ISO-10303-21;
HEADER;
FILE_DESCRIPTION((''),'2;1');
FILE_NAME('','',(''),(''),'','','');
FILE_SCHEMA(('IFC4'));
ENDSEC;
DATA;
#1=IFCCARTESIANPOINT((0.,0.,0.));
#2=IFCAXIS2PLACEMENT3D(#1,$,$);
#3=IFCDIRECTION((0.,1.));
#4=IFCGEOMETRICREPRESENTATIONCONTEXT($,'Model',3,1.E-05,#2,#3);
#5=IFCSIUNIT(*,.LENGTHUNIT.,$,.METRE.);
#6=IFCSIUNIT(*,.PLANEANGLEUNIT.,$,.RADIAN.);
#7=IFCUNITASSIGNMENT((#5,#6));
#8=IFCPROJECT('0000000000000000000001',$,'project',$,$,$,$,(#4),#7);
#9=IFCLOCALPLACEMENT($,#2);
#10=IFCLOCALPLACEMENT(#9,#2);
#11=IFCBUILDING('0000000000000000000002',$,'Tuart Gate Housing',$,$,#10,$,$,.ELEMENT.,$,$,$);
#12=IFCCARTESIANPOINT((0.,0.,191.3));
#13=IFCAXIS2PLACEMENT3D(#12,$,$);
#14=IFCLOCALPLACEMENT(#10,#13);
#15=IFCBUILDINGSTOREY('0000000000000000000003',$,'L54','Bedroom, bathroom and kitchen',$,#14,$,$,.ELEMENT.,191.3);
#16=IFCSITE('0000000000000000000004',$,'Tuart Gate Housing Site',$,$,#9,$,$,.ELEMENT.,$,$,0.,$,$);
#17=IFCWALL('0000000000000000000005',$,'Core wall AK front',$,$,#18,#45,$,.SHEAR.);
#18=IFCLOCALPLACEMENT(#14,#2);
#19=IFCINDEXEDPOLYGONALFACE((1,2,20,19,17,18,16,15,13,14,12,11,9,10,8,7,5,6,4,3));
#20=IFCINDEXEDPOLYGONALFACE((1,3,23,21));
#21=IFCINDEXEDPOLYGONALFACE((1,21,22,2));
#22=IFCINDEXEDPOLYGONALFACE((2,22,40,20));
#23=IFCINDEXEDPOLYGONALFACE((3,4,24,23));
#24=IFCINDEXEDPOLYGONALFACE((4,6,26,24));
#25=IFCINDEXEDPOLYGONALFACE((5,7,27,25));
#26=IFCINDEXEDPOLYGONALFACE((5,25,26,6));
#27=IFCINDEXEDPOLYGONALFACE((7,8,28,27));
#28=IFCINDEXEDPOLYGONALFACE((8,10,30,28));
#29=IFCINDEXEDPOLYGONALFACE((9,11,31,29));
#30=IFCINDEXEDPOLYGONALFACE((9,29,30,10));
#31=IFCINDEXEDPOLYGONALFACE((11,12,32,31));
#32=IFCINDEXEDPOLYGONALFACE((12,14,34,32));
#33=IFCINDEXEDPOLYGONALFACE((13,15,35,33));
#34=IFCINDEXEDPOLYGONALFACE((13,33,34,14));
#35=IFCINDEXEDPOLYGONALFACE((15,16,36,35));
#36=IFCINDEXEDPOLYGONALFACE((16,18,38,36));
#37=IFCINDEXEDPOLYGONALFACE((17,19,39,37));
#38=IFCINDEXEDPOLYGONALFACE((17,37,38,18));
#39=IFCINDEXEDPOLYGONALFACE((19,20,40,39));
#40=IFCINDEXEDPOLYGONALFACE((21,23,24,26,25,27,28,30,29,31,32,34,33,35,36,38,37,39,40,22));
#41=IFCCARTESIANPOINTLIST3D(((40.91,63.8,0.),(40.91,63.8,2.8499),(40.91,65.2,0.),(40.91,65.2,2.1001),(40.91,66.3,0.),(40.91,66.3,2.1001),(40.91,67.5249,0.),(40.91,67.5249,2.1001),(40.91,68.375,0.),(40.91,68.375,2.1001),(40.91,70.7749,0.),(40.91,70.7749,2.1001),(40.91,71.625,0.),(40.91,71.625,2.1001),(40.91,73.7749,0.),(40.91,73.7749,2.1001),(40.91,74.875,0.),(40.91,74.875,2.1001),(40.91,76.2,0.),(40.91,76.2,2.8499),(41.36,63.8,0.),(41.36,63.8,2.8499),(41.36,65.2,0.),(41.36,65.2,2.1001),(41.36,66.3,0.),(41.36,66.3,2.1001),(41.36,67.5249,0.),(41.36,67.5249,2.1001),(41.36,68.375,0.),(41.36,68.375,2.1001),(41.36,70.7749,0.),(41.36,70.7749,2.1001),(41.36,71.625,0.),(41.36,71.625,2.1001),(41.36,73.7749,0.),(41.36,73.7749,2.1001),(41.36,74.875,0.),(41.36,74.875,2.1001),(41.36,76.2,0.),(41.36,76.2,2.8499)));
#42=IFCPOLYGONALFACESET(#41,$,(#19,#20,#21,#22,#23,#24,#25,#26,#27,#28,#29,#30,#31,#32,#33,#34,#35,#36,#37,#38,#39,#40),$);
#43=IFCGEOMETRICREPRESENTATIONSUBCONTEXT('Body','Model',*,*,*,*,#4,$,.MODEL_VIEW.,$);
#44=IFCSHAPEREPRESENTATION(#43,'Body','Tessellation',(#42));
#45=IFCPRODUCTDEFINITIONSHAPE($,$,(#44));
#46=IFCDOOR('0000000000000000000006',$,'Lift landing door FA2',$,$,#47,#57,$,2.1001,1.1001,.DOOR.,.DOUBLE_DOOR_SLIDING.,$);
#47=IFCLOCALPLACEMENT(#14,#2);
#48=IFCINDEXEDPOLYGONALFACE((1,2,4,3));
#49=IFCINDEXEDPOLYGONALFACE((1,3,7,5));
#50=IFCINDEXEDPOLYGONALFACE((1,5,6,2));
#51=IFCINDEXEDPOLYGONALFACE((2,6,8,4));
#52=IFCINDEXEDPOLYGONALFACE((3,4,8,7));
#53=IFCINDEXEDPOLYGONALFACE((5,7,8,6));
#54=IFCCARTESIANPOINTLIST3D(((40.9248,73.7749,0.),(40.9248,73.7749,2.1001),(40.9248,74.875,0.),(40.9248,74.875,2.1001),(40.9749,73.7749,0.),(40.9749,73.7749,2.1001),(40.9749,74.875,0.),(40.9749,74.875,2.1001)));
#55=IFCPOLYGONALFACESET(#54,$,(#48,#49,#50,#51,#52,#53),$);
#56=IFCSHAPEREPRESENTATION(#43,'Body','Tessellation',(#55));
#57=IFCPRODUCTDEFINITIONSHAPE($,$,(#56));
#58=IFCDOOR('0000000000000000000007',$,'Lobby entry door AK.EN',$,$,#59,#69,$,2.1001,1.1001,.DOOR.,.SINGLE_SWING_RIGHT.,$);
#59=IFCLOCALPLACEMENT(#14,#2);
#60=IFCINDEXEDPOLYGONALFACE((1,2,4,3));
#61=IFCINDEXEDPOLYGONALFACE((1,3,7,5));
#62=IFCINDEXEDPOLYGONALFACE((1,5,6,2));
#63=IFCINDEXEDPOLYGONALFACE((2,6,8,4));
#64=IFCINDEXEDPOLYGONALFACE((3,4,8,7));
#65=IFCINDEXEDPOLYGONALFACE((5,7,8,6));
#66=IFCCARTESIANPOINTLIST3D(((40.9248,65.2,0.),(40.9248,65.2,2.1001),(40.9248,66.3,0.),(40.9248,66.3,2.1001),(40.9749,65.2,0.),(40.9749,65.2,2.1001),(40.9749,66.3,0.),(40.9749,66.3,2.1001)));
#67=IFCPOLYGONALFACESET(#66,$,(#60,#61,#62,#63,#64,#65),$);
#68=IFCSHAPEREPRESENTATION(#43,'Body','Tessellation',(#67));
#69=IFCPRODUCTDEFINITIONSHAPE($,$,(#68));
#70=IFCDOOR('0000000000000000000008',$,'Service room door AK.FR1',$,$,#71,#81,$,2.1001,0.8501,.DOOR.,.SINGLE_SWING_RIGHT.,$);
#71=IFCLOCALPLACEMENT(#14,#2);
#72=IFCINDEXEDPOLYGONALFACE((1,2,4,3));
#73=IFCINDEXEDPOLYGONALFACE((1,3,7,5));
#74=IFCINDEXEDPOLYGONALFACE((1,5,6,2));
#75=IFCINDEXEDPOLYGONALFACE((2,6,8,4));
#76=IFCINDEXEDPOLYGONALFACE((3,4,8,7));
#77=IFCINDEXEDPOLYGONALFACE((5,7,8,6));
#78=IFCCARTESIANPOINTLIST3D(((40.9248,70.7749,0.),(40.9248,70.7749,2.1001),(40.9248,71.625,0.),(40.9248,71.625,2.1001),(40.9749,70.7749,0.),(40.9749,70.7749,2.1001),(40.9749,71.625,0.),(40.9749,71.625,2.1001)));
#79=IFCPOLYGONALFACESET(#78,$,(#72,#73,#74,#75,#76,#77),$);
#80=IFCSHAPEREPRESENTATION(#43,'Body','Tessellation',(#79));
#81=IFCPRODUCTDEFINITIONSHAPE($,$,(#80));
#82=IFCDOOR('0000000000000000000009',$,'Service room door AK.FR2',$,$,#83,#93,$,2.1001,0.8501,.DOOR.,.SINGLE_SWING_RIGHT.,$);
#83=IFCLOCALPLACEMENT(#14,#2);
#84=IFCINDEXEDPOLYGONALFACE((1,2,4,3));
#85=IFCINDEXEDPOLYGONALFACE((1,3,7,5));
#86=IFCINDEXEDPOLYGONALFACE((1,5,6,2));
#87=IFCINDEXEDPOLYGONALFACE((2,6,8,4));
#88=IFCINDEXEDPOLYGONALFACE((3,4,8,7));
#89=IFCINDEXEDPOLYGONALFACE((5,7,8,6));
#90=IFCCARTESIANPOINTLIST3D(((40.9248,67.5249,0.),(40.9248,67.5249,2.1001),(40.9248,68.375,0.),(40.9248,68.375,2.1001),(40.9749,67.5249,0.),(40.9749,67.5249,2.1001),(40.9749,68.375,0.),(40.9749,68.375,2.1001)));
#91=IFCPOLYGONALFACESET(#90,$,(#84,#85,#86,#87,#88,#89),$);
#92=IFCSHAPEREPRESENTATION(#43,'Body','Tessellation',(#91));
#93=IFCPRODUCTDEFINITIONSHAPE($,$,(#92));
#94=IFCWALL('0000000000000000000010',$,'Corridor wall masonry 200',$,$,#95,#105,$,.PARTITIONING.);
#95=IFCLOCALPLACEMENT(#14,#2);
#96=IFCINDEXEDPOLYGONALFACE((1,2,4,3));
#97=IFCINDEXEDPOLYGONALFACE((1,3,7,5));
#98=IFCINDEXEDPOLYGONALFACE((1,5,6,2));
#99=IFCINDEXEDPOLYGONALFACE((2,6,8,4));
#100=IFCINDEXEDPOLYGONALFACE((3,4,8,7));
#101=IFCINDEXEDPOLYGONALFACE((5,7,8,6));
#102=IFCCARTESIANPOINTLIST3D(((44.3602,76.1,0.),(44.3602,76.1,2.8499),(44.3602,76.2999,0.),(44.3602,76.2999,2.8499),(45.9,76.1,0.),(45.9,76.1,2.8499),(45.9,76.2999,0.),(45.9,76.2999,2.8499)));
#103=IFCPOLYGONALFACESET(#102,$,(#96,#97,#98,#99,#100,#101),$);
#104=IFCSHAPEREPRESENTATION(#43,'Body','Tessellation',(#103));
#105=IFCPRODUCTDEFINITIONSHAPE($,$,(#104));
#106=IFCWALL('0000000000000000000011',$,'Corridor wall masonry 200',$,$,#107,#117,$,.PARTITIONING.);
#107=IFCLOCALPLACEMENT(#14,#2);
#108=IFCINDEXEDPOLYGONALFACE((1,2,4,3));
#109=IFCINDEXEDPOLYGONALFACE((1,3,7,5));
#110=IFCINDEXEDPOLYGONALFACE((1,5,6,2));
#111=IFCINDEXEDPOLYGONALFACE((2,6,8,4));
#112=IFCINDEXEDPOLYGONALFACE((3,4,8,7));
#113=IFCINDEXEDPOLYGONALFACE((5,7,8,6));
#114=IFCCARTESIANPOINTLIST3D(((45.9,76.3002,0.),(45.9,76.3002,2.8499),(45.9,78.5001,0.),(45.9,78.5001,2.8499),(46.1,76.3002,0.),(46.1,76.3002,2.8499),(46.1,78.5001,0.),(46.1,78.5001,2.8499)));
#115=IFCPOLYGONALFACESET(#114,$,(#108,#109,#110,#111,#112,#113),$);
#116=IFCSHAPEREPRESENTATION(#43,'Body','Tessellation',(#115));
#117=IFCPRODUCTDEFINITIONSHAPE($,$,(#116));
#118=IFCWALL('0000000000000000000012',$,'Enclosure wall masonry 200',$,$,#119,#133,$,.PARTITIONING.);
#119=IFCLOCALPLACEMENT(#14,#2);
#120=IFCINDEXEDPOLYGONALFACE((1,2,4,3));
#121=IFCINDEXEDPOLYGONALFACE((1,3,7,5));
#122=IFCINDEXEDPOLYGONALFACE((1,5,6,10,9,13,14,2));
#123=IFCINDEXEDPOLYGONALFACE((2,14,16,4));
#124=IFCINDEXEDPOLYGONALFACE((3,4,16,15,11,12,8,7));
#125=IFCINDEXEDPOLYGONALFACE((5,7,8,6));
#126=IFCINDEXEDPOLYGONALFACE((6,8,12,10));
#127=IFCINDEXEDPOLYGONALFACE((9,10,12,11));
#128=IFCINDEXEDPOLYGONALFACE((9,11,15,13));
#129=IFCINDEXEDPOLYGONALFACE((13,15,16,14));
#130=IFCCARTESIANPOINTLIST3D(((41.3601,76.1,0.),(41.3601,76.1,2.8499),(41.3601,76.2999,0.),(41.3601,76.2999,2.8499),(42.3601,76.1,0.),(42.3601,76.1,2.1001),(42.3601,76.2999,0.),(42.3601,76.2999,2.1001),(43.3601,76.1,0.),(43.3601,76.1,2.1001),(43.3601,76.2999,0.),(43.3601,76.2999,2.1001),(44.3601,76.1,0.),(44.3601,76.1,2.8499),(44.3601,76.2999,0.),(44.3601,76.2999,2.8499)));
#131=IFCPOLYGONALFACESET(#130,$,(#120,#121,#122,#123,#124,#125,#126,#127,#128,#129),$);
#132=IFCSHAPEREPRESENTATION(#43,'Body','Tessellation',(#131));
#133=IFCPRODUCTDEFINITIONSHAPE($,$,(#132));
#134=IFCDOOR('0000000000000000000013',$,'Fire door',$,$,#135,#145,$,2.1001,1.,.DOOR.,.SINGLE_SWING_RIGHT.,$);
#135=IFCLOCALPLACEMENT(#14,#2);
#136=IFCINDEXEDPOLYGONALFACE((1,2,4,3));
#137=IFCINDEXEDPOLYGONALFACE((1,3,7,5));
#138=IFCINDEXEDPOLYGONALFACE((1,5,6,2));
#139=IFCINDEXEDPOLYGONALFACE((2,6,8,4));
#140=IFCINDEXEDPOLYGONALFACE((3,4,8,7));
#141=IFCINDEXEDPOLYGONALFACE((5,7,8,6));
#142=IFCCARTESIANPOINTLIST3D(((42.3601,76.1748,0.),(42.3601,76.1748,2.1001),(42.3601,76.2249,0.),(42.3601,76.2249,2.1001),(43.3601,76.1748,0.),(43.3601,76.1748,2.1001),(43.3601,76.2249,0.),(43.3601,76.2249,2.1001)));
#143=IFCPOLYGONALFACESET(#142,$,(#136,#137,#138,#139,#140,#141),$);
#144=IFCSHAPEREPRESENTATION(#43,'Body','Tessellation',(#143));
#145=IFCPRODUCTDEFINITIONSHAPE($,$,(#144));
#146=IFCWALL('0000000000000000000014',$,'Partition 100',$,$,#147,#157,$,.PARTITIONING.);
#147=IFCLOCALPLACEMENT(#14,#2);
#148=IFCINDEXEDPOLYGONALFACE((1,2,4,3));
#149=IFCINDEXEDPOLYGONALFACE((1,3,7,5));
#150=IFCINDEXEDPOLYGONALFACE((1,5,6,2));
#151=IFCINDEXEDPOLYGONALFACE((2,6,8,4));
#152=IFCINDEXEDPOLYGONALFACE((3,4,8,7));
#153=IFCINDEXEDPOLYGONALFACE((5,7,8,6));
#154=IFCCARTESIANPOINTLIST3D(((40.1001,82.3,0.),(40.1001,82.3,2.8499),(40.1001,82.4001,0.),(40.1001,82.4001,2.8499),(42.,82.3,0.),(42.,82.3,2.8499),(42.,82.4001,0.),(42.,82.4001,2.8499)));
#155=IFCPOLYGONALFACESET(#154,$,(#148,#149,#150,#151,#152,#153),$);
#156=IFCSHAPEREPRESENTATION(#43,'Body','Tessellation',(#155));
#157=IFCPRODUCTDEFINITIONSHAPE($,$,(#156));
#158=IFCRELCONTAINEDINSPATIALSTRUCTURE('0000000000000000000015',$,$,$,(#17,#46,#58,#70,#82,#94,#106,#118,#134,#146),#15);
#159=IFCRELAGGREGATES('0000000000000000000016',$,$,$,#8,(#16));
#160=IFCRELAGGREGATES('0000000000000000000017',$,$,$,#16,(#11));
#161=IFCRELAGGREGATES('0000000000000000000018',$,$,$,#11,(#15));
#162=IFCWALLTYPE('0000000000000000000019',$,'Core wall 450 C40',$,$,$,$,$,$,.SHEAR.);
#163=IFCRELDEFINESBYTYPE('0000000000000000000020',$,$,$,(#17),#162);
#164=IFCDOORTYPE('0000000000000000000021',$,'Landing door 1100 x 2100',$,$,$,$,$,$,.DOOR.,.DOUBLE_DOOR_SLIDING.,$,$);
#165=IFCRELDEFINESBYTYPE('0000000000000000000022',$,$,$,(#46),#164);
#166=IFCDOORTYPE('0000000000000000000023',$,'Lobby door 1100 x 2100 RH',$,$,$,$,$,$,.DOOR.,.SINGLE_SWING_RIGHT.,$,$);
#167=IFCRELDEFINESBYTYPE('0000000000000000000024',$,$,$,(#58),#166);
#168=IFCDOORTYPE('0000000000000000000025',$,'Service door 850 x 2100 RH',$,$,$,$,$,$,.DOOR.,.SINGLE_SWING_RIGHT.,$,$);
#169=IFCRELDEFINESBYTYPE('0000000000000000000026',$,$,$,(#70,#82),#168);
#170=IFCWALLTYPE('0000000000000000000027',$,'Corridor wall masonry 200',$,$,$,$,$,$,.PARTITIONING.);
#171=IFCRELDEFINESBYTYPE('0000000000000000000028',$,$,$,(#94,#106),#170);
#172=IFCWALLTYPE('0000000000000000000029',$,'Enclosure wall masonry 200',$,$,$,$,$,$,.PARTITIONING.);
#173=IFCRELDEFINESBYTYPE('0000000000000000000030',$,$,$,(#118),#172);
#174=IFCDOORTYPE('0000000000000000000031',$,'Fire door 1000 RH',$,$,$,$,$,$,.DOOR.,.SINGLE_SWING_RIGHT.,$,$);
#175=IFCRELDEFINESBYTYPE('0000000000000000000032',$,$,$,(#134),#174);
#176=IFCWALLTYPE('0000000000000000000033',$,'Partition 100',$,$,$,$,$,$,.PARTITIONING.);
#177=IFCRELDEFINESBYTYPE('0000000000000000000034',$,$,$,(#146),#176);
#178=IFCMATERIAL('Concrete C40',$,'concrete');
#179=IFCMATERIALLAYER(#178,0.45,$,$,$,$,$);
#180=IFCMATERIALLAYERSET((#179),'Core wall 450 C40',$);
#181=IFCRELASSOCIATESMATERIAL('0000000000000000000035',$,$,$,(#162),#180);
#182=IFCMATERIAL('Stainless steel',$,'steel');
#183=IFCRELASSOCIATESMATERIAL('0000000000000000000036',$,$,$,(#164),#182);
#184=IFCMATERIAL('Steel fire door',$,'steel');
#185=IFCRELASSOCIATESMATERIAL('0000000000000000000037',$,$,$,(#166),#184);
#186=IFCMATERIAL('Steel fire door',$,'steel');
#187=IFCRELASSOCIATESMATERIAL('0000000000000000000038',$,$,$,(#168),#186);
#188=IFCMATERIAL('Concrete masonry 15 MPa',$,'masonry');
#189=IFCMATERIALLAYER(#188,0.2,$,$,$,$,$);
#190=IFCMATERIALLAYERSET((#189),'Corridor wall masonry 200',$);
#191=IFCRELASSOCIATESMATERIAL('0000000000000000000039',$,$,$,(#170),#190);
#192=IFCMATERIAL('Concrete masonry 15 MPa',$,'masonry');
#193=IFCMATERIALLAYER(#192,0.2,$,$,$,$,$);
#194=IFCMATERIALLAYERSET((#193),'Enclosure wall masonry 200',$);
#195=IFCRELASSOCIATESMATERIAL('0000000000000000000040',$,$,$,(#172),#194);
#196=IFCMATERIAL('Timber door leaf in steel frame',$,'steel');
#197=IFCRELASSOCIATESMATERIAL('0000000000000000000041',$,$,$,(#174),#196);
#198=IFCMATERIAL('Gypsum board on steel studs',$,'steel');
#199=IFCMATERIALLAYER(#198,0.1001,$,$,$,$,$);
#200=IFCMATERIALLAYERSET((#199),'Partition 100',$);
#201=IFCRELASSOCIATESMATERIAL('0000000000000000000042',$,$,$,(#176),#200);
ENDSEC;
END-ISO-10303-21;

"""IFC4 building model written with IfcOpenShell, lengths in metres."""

from ifc_helpers import new_model, si_unit, direction, frame, frame_2d, origin, place, context, subcontext, project, spatial, rectangle, extrude, material, layer, layer_set, type_object, element, fill, save


model = new_model("IFC4")

# Units and contexts
model_context = context("Model", 3, precision=1e-05, world=origin(), true_north=direction((0.0, 1.0)))
body_context = subcontext(model_context, "Body", "Model", "MODEL_VIEW")
ifc_project = project(units=[si_unit("LENGTHUNIT", "METRE"), si_unit("PLANEANGLEUNIT", "RADIAN")], contexts=[model_context])

# Site, building, storey
site_placement = place(None, origin())
site = spatial("IfcSite", under=ifc_project, at=site_placement, Name="Tuart Gate Housing Site", CompositionType="ELEMENT", RefElevation=0.0)
building_placement = place(site_placement, origin())
building = spatial("IfcBuilding", under=site, at=building_placement, Name="Tuart Gate Housing", CompositionType="ELEMENT")
storey_placement = place(building_placement, frame((0.0, 0.0, 191.3)))
storey = spatial("IfcBuildingStorey", under=building, at=storey_placement, Name="L54", Description="Bedroom, bathroom and kitchen", CompositionType="ELEMENT", Elevation=191.3)

# Wall, openings, doors
ifc_material_1 = material(Name="Concrete C40", Category="concrete")
ifc_layer_1 = layer(ifc_material_1, 0.45)
ifc_layer_set_1 = layer_set([ifc_layer_1], Name="Core wall 450 C40")
wall_type_1 = type_object("IfcWallType", Name="Core wall 450 C40", PredefinedType="SHEAR", material=ifc_layer_set_1)
wall_1_placement = place(storey_placement, frame((41.135, 76.2, 0.0), z_axis=(0.0, 0.0, 1.0), x_axis=(0.0, -1.0, 0.0)))
wall_1 = element("IfcWall", 1, at=wall_1_placement, inside=storey, type_object=wall_type_1, Name="Core wall AK front", PredefinedType="SHEAR", context=body_context, shape_type="SweptSolid", body=[
    extrude(rectangle(XDim=12.3999, YDim=0.45, at=frame_2d((6.2, 0.0))), origin(), (0.0, 0.0, 1.0), 2.8499),
])
opening_1_placement = place(wall_1_placement, frame((1.325, 0.0, 0.0)))
opening_1 = element("IfcOpeningElement", 2, at=opening_1_placement, cuts=wall_1, PredefinedType="OPENING", context=body_context, shape_type="SweptSolid", body=[
    extrude(rectangle(XDim=1.1001, YDim=2.1001, at=frame_2d((0.55, 1.05))), frame((0.0, 0.2349, 0.0), z_axis=(0.0, -1.0, 0.0), x_axis=(1.0, 0.0, 0.0)), (0.0, 0.0, 1.0), 0.47),
])
opening_2_placement = place(wall_1_placement, frame((4.575, 0.0, 0.0)))
opening_2 = element("IfcOpeningElement", 3, at=opening_2_placement, cuts=wall_1, PredefinedType="OPENING", context=body_context, shape_type="SweptSolid", body=[
    extrude(rectangle(XDim=0.8501, YDim=2.1001, at=frame_2d((0.425, 1.05))), frame((0.0, 0.2349, 0.0), z_axis=(0.0, -1.0, 0.0), x_axis=(1.0, 0.0, 0.0)), (0.0, 0.0, 1.0), 0.47),
])
opening_3_placement = place(wall_1_placement, frame((7.825, 0.0, 0.0)))
opening_3 = element("IfcOpeningElement", 4, at=opening_3_placement, cuts=wall_1, PredefinedType="OPENING", context=body_context, shape_type="SweptSolid", body=[
    extrude(rectangle(XDim=0.8501, YDim=2.1001, at=frame_2d((0.425, 1.05))), frame((0.0, 0.2349, 0.0), z_axis=(0.0, -1.0, 0.0), x_axis=(1.0, 0.0, 0.0)), (0.0, 0.0, 1.0), 0.47),
])
opening_4_placement = place(wall_1_placement, frame((9.8999, 0.0, 0.0)))
opening_4 = element("IfcOpeningElement", 5, at=opening_4_placement, cuts=wall_1, PredefinedType="OPENING", context=body_context, shape_type="SweptSolid", body=[
    extrude(rectangle(XDim=1.1001, YDim=2.1001, at=frame_2d((0.55, 1.05))), frame((0.0, 0.2349, 0.0), z_axis=(0.0, -1.0, 0.0), x_axis=(1.0, 0.0, 0.0)), (0.0, 0.0, 1.0), 0.47),
])
ifc_material_2 = material(Name="Stainless steel", Category="steel")
door_type_1 = type_object("IfcDoorType", Name="Landing door 1100 x 2100", OperationType="DOUBLE_DOOR_SLIDING", PredefinedType="DOOR", material=ifc_material_2)
door_1_placement = place(opening_1_placement, origin())
door_1 = element("IfcDoor", 6, at=door_1_placement, inside=storey, type_object=door_type_1, Name="Lift landing door FA2", OperationType="DOUBLE_DOOR_SLIDING", OverallHeight=2.1001, OverallWidth=1.1001, PredefinedType="DOOR", context=body_context, shape_type="SweptSolid", body=[
    extrude(rectangle(XDim=1.1001, YDim=2.1001, at=frame_2d((0.55, 1.05))), frame((0.0, -0.1602, 0.0), z_axis=(0.0, -1.0, 0.0), x_axis=(1.0, 0.0, 0.0)), (0.0, 0.0, 1.0), 0.05),
])
fill(opening_1, door_1)
ifc_material_3 = material(Name="Steel fire door", Category="steel")
door_type_2 = type_object("IfcDoorType", Name="Lobby door 1100 x 2100 RH", OperationType="SINGLE_SWING_RIGHT", PredefinedType="DOOR", material=ifc_material_3)
door_2_placement = place(opening_4_placement, frame((1.1001, 0.0, 0.0), z_axis=(0.0, 0.0, 1.0), x_axis=(-1.0, 0.0, 0.0)))
door_2 = element("IfcDoor", 7, at=door_2_placement, inside=storey, type_object=door_type_2, Name="Lobby entry door AK.EN", OperationType="SINGLE_SWING_RIGHT", OverallHeight=2.1001, OverallWidth=1.1001, PredefinedType="DOOR", context=body_context, shape_type="SweptSolid", body=[
    extrude(rectangle(XDim=1.1001, YDim=2.1001, at=frame_2d((0.55, 1.05))), frame((0.0, 0.2102, 0.0), z_axis=(0.0, -1.0, 0.0), x_axis=(1.0, 0.0, 0.0)), (0.0, 0.0, 1.0), 0.05),
])
fill(opening_4, door_2)
ifc_material_4 = material(Name="Steel fire door", Category="steel")
door_type_3 = type_object("IfcDoorType", Name="Service door 850 x 2100 RH", OperationType="SINGLE_SWING_RIGHT", PredefinedType="DOOR", material=ifc_material_4)
door_3_placement = place(opening_2_placement, frame((0.8501, 0.0, 0.0), z_axis=(0.0, 0.0, 1.0), x_axis=(-1.0, 0.0, 0.0)))
door_3 = element("IfcDoor", 8, at=door_3_placement, inside=storey, type_object=door_type_3, Name="Service room door AK.FR1", OperationType="SINGLE_SWING_RIGHT", OverallHeight=2.1001, OverallWidth=0.8501, PredefinedType="DOOR", context=body_context, shape_type="SweptSolid", body=[
    extrude(rectangle(XDim=0.8501, YDim=2.1001, at=frame_2d((0.425, 1.05))), frame((0.0, 0.2102, 0.0), z_axis=(0.0, -1.0, 0.0), x_axis=(1.0, 0.0, 0.0)), (0.0, 0.0, 1.0), 0.05),
])
fill(opening_2, door_3)
door_4_placement = place(opening_3_placement, frame((0.8501, 0.0, 0.0), z_axis=(0.0, 0.0, 1.0), x_axis=(-1.0, 0.0, 0.0)))
door_4 = element("IfcDoor", 9, at=door_4_placement, inside=storey, type_object=door_type_3, Name="Service room door AK.FR2", OperationType="SINGLE_SWING_RIGHT", OverallHeight=2.1001, OverallWidth=0.8501, PredefinedType="DOOR", context=body_context, shape_type="SweptSolid", body=[
    extrude(rectangle(XDim=0.8501, YDim=2.1001, at=frame_2d((0.425, 1.05))), frame((0.0, 0.2102, 0.0), z_axis=(0.0, -1.0, 0.0), x_axis=(1.0, 0.0, 0.0)), (0.0, 0.0, 1.0), 0.05),
])
fill(opening_3, door_4)

# Walls
ifc_material_5 = material(Name="Concrete masonry 15 MPa", Category="masonry")
ifc_layer_2 = layer(ifc_material_5, 0.2)
ifc_layer_set_2 = layer_set([ifc_layer_2], Name="Corridor wall masonry 200")
wall_type_2 = type_object("IfcWallType", Name="Corridor wall masonry 200", PredefinedType="PARTITIONING", material=ifc_layer_set_2)
wall_2_placement = place(storey_placement, frame((44.3601, 76.2, 0.0), z_axis=(0.0, 0.0, 1.0), x_axis=(1.0, 0.0, 0.0)))
element("IfcWall", 10, at=wall_2_placement, inside=storey, type_object=wall_type_2, Name="Corridor wall masonry 200", PredefinedType="PARTITIONING", context=body_context, shape_type="SweptSolid", body=[
    extrude(rectangle(XDim=1.5398, YDim=0.2, at=frame_2d((0.77, 0.0))), origin(), (0.0, 0.0, 1.0), 2.8499),
])
wall_3_placement = place(storey_placement, frame((46.0, 76.3, 0.0), z_axis=(0.0, 0.0, 1.0), x_axis=(0.0, 1.0, 0.0)))
element("IfcWall", 11, at=wall_3_placement, inside=storey, type_object=wall_type_2, Name="Corridor wall masonry 200", PredefinedType="PARTITIONING", context=body_context, shape_type="SweptSolid", body=[
    extrude(rectangle(XDim=2.2, YDim=0.2, at=frame_2d((1.1001, 0.0))), origin(), (0.0, 0.0, 1.0), 2.8499),
])

# Wall, opening, door
ifc_material_6 = material(Name="Concrete masonry 15 MPa", Category="masonry")
ifc_layer_3 = layer(ifc_material_6, 0.2)
ifc_layer_set_3 = layer_set([ifc_layer_3], Name="Enclosure wall masonry 200")
wall_type_3 = type_object("IfcWallType", Name="Enclosure wall masonry 200", PredefinedType="PARTITIONING", material=ifc_layer_set_3)
wall_4_placement = place(storey_placement, frame((41.3601, 76.2, 0.0), z_axis=(0.0, 0.0, 1.0), x_axis=(1.0, 0.0, 0.0)))
wall_4 = element("IfcWall", 12, at=wall_4_placement, inside=storey, type_object=wall_type_3, Name="Enclosure wall masonry 200", PredefinedType="PARTITIONING", context=body_context, shape_type="SweptSolid", body=[
    extrude(rectangle(XDim=3.0, YDim=0.2, at=frame_2d((1.5, 0.0))), origin(), (0.0, 0.0, 1.0), 2.8499),
])
opening_5_placement = place(wall_4_placement, frame((1.0, 0.0, 0.0)))
opening_5 = element("IfcOpeningElement", 13, at=opening_5_placement, cuts=wall_4, PredefinedType="OPENING", context=body_context, shape_type="SweptSolid", body=[
    extrude(rectangle(XDim=1.0, YDim=2.1001, at=frame_2d((0.5, 1.05))), frame((0.0, 0.1099, 0.0), z_axis=(0.0, -1.0, 0.0), x_axis=(1.0, 0.0, 0.0)), (0.0, 0.0, 1.0), 0.22),
])
ifc_material_7 = material(Name="Timber door leaf in steel frame", Category="steel")
door_type_4 = type_object("IfcDoorType", Name="Fire door 1000 RH", OperationType="SINGLE_SWING_RIGHT", PredefinedType="DOOR", material=ifc_material_7)
door_5_placement = place(opening_5_placement, origin())
door_5 = element("IfcDoor", 14, at=door_5_placement, inside=storey, type_object=door_type_4, Name="Fire door", OperationType="SINGLE_SWING_RIGHT", OverallHeight=2.1001, OverallWidth=1.0, PredefinedType="DOOR", context=body_context, shape_type="SweptSolid", body=[
    extrude(rectangle(XDim=1.0, YDim=2.1001, at=frame_2d((0.5, 1.05))), frame((0.0, 0.0249, 0.0), z_axis=(0.0, -1.0, 0.0), x_axis=(1.0, 0.0, 0.0)), (0.0, 0.0, 1.0), 0.05),
])
fill(opening_5, door_5)

# Wall
ifc_material_8 = material(Name="Gypsum board on steel studs", Category="steel")
ifc_layer_4 = layer(ifc_material_8, 0.1001)
ifc_layer_set_4 = layer_set([ifc_layer_4], Name="Partition 100")
wall_type_4 = type_object("IfcWallType", Name="Partition 100", PredefinedType="PARTITIONING", material=ifc_layer_set_4)
wall_5_placement = place(storey_placement, frame((40.1001, 82.3501, 0.0), z_axis=(0.0, 0.0, 1.0), x_axis=(1.0, 0.0, 0.0)))
element("IfcWall", 15, at=wall_5_placement, inside=storey, type_object=wall_type_4, Name="Partition 100", PredefinedType="PARTITIONING", context=body_context, shape_type="SweptSolid", body=[
    extrude(rectangle(XDim=1.8999, YDim=0.1001, at=frame_2d((0.95, 0.0))), origin(), (0.0, 0.0, 1.0), 2.8499),
])

save(model, "model.ifc")
